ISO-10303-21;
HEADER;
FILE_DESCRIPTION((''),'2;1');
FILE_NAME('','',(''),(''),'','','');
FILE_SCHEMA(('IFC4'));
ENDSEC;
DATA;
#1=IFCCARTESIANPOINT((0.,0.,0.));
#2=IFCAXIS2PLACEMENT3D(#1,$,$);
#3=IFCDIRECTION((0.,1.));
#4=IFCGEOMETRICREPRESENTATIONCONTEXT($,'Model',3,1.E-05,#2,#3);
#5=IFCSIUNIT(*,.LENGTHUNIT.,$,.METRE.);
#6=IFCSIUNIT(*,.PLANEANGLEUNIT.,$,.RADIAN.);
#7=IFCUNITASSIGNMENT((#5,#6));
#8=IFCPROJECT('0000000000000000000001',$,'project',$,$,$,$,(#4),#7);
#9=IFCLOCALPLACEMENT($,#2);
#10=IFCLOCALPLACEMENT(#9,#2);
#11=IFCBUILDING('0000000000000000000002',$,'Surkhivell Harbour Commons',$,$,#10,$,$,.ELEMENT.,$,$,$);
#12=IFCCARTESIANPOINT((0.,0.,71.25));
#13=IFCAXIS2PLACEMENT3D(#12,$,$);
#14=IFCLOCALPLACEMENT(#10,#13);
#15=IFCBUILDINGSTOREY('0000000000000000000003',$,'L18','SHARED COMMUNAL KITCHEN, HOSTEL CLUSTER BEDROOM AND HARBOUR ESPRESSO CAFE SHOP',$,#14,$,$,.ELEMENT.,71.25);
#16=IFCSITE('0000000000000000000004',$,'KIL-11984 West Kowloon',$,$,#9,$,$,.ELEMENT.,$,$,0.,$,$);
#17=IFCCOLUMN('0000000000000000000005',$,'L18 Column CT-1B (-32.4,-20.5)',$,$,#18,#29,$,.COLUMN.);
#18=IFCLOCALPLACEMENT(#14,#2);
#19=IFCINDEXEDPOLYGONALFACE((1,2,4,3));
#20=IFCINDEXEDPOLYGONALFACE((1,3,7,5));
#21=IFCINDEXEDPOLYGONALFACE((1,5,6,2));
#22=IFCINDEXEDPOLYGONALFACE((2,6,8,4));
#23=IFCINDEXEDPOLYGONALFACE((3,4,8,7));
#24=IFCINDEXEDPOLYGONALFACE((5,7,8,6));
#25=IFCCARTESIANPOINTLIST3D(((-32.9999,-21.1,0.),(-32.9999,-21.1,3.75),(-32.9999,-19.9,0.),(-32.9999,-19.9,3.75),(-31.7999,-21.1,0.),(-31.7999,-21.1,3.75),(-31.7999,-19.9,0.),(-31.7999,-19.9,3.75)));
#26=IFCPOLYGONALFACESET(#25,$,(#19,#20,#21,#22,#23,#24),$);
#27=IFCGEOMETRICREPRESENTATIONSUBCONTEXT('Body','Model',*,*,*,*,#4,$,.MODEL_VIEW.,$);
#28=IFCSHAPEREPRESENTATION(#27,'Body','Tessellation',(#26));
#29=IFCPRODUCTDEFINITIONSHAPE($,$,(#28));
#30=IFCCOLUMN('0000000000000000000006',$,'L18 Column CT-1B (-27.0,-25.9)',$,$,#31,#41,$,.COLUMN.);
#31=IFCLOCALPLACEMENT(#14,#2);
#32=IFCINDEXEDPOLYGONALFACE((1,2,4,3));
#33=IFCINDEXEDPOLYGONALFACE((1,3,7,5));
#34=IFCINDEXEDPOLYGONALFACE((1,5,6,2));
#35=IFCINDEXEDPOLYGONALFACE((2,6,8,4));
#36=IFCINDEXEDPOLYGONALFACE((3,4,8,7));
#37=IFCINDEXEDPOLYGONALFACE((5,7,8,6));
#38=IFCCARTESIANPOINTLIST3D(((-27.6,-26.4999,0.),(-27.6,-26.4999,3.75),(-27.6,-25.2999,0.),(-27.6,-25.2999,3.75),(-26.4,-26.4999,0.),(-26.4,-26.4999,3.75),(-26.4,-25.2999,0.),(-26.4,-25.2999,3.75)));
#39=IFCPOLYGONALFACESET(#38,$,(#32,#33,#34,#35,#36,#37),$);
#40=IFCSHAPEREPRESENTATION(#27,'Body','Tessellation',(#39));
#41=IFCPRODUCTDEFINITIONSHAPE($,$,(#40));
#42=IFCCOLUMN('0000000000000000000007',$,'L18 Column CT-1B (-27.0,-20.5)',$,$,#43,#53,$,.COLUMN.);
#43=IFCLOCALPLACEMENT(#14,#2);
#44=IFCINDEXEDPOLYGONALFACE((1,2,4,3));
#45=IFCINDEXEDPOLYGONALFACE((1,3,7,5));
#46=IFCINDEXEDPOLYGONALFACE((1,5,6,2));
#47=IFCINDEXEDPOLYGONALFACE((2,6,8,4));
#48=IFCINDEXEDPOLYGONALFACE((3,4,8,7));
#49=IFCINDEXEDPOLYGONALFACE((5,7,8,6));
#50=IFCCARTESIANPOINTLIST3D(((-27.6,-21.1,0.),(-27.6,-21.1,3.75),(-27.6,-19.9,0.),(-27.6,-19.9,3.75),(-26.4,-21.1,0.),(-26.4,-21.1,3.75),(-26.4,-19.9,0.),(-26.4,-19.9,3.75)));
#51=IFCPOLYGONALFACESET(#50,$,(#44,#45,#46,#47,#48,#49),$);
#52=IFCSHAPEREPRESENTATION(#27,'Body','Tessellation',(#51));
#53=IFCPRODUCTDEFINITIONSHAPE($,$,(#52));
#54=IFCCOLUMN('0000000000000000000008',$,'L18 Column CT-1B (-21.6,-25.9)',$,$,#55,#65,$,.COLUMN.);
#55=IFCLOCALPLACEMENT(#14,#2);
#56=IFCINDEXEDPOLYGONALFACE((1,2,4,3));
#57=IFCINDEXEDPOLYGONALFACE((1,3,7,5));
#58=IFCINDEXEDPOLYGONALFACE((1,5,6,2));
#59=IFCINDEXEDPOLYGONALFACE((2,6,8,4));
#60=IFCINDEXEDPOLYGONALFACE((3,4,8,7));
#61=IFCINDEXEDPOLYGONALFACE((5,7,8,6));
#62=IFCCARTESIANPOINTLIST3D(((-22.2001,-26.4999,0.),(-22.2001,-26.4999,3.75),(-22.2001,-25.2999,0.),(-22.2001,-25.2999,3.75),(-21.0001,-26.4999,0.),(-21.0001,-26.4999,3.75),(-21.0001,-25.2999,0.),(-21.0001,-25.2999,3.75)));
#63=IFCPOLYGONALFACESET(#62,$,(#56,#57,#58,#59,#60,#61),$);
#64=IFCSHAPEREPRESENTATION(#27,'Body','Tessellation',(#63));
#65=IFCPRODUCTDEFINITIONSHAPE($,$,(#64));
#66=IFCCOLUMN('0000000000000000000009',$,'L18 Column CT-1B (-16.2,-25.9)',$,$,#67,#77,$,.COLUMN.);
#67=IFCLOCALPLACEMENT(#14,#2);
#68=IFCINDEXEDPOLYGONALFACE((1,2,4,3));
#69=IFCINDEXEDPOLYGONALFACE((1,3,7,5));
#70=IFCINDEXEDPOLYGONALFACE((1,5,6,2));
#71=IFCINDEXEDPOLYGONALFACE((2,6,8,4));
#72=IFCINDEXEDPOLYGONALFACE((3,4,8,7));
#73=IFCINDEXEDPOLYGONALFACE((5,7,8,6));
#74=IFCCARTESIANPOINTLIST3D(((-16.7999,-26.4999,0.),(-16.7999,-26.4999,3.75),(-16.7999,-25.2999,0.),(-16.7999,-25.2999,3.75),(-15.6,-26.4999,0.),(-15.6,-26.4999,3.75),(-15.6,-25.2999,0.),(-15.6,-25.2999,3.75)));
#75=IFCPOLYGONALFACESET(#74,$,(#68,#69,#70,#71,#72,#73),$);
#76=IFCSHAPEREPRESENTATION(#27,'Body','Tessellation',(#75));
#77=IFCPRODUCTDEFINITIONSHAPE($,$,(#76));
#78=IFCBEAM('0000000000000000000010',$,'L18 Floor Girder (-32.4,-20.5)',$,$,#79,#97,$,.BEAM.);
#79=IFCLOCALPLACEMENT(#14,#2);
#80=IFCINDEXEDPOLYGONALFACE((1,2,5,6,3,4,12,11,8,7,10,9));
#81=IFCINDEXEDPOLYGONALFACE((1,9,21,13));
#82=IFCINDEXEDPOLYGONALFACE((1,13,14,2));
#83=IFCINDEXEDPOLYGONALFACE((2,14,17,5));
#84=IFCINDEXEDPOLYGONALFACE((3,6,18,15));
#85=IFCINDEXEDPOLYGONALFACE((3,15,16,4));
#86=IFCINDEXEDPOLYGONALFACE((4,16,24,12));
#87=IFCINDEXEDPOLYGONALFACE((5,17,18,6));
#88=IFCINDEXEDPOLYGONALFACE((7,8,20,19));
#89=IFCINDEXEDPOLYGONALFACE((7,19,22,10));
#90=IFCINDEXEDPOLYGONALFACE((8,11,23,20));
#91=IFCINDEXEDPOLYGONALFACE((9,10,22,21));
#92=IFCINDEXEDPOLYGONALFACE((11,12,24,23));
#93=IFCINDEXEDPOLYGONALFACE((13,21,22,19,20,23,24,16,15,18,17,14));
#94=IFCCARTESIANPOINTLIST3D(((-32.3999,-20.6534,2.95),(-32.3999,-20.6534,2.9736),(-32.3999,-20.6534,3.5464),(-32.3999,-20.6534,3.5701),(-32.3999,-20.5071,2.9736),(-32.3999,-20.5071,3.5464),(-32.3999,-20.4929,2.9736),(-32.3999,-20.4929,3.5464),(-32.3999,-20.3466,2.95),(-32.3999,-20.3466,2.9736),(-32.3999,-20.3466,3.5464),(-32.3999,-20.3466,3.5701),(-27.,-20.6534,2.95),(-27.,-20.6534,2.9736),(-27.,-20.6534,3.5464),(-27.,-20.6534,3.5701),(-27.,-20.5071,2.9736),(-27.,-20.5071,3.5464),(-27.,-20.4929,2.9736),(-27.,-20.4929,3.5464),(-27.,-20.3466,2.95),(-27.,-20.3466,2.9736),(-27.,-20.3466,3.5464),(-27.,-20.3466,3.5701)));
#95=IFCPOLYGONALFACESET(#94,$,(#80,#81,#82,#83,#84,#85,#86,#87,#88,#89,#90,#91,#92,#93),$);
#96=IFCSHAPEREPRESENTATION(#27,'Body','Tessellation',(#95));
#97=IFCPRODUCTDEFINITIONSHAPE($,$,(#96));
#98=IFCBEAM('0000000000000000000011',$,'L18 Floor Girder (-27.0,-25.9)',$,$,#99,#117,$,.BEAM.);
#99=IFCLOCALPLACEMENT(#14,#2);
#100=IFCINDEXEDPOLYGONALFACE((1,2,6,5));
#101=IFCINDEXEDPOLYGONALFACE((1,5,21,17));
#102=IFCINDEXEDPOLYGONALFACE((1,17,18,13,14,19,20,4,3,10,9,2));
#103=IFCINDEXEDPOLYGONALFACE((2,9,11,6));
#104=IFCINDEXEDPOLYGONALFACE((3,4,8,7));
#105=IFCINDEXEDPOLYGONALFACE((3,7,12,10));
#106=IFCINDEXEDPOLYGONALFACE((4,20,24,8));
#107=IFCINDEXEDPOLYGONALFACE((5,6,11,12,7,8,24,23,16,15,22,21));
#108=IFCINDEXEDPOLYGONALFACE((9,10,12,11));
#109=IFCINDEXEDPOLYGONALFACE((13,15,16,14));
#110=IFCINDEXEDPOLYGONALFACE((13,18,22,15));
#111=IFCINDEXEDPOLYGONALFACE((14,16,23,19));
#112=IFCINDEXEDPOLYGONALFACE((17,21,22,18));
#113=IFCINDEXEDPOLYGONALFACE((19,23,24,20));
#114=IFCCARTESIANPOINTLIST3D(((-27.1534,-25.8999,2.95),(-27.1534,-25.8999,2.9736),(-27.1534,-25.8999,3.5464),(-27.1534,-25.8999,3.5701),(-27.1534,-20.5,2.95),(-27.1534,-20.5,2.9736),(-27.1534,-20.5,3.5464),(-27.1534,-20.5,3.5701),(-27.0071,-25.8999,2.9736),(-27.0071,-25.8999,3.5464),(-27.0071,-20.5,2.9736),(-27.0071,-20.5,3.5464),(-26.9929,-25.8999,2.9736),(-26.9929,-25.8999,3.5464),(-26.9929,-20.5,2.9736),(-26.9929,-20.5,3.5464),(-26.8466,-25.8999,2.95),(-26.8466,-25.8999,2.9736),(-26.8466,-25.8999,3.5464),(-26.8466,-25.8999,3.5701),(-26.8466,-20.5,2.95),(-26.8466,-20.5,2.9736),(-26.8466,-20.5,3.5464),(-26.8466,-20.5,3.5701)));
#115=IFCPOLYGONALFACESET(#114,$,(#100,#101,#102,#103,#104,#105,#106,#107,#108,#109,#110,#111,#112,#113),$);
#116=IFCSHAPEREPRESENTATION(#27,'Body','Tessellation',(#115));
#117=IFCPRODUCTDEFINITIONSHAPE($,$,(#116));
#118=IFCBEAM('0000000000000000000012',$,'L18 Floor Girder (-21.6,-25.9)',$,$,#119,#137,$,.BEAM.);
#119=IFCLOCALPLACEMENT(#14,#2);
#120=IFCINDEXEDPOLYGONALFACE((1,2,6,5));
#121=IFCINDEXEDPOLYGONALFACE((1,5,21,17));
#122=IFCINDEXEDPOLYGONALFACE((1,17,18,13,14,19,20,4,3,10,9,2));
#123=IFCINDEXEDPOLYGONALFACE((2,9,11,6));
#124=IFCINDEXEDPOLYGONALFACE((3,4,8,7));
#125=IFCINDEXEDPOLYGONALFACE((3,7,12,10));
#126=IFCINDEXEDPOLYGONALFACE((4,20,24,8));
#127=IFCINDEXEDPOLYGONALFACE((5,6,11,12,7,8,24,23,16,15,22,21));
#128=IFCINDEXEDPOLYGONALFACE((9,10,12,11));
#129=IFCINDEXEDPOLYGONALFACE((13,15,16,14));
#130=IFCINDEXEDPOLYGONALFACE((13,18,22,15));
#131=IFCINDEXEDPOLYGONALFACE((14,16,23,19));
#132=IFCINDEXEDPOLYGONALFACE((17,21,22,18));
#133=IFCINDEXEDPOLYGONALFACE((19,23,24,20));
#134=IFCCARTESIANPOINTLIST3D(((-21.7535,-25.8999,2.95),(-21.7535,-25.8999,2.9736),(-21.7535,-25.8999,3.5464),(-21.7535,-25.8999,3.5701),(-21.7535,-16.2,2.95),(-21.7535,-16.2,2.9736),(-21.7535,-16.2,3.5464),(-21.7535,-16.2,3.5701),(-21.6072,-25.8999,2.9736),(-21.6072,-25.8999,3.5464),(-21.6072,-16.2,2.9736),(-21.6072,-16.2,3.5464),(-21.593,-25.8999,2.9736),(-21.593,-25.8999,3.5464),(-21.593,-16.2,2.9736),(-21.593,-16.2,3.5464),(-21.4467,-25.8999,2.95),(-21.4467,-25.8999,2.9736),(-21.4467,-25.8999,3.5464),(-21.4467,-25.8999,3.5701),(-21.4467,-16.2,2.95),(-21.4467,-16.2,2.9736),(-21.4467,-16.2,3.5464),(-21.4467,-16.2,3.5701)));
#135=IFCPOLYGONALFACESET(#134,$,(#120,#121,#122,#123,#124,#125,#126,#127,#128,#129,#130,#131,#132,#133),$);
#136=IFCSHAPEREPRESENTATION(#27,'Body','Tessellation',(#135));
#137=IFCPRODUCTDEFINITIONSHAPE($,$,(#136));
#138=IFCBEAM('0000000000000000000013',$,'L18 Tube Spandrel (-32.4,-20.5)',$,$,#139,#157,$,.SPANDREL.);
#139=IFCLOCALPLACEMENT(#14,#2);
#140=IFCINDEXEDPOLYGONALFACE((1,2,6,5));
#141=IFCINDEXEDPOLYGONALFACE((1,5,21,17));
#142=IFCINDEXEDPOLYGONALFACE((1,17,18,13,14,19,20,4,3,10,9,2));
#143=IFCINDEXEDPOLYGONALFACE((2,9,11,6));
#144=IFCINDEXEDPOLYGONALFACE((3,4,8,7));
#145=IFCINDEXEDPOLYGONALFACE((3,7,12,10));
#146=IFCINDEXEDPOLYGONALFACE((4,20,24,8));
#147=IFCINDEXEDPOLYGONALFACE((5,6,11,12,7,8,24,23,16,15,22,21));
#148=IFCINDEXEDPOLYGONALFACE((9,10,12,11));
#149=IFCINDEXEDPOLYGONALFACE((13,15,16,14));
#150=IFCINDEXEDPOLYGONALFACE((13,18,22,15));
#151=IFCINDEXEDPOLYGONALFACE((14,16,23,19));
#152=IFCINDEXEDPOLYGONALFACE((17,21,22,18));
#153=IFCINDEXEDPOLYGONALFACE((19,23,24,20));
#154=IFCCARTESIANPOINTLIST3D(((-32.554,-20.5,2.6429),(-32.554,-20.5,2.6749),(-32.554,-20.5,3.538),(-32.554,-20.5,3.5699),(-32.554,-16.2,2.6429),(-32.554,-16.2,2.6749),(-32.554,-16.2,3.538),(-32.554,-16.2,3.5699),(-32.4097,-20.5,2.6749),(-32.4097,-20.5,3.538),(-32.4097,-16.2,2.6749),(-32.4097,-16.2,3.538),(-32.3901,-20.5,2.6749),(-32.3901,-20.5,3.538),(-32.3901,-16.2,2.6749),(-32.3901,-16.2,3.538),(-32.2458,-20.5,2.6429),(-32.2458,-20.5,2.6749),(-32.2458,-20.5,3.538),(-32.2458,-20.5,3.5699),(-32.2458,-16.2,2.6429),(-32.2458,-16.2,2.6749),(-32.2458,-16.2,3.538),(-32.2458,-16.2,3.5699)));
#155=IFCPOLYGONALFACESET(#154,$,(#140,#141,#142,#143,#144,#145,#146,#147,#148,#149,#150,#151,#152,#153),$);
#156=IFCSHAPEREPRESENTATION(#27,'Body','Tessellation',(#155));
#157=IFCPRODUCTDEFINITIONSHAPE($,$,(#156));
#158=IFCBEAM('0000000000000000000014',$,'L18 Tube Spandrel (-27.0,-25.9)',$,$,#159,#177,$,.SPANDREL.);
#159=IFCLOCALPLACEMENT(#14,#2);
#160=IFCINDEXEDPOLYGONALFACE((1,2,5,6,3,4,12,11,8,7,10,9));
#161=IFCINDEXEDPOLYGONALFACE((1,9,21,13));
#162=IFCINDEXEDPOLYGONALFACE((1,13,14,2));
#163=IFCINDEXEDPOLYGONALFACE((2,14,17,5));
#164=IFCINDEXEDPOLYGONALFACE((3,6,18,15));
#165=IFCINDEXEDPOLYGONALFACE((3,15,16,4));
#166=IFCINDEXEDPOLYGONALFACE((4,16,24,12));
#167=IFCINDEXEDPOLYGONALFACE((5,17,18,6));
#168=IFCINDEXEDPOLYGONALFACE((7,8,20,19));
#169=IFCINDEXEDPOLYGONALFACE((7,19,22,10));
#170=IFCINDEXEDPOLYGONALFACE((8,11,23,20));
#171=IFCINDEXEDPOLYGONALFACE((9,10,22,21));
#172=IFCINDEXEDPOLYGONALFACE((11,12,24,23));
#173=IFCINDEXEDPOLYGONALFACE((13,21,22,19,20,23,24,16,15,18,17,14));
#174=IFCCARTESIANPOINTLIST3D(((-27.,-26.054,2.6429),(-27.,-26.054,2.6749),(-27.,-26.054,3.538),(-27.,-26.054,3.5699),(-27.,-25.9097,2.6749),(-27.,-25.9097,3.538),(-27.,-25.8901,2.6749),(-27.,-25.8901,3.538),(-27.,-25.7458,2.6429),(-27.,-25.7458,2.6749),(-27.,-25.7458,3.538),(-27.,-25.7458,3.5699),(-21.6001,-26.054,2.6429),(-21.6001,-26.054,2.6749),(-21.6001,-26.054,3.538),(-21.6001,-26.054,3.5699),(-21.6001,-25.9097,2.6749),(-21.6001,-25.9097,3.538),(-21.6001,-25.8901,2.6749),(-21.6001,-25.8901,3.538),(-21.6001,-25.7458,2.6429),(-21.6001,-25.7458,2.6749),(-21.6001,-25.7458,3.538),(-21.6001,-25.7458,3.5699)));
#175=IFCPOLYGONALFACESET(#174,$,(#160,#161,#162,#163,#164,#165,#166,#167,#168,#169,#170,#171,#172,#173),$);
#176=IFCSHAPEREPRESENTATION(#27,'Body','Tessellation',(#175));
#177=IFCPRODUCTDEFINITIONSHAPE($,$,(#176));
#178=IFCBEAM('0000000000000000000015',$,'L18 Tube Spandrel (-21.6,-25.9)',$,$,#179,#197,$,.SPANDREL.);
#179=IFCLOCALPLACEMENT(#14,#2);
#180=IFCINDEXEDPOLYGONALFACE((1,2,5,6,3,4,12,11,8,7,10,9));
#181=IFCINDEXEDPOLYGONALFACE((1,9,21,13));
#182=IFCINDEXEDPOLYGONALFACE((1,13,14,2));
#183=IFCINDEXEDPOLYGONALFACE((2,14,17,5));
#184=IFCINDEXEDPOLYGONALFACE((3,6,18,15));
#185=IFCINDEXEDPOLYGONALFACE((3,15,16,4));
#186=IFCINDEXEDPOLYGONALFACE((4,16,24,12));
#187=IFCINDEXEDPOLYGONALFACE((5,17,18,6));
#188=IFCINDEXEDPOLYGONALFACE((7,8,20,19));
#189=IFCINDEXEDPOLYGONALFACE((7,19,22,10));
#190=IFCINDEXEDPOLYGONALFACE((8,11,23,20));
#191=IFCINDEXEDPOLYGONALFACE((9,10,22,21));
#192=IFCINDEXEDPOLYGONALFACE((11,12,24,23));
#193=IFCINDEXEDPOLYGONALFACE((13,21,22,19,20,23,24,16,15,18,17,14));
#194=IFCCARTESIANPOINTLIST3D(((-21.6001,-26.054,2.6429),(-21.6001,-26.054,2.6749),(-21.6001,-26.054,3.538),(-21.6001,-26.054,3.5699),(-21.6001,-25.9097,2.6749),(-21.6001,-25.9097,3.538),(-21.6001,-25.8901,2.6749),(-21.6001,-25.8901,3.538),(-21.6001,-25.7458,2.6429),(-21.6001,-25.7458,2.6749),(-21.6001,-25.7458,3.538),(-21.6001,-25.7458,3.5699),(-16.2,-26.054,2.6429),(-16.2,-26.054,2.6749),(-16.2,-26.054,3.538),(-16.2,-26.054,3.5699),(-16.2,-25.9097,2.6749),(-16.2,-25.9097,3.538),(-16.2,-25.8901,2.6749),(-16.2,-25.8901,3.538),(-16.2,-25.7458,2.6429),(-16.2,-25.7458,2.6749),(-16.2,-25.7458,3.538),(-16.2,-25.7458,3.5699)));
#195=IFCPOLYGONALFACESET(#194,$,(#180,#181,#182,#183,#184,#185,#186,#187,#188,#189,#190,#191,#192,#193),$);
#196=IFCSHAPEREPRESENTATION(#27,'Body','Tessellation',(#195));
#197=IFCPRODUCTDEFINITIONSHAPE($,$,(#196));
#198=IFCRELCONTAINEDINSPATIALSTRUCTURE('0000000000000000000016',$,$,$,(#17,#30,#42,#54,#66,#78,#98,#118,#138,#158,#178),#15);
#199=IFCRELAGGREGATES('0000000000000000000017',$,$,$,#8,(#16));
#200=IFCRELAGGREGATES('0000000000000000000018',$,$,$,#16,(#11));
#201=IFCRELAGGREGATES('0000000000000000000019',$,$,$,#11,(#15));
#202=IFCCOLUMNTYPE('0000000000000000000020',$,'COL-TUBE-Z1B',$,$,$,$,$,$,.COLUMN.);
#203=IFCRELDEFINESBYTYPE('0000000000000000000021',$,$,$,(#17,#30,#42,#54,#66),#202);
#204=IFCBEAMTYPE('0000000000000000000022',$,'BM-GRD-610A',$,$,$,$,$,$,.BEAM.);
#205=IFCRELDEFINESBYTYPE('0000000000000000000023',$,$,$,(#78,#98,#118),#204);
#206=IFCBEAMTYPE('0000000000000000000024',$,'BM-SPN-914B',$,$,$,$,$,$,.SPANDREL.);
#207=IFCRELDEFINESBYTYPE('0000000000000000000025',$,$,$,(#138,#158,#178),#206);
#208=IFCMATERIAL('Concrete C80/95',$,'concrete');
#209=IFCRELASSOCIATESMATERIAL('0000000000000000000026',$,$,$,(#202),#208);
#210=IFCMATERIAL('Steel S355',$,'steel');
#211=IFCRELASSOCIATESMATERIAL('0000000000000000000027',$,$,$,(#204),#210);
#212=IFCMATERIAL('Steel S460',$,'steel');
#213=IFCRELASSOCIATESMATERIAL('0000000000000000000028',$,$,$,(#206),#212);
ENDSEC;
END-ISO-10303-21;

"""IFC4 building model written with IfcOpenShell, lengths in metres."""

from ifc_helpers import new_model, si_unit, direction, frame, origin, origin_2d, place, context, subcontext, project, spatial, rectangle, i_section, extrude, material, material_profile, profile_set, type_object, element, save


model = new_model("IFC4")

# Units and contexts
model_context = context("Model", 3, precision=1e-05, world=origin(), true_north=direction((0.0, 1.0)))
body_context = subcontext(model_context, "Body", "Model", "MODEL_VIEW")
ifc_project = project(units=[si_unit("LENGTHUNIT", "METRE"), si_unit("PLANEANGLEUNIT", "RADIAN")], contexts=[model_context])

# Site, building, storey
site_placement = place(None, origin())
site = spatial("IfcSite", under=ifc_project, at=site_placement, Name="KIL-11984 West Kowloon", CompositionType="ELEMENT", RefElevation=0.0)
building_placement = place(site_placement, origin())
building = spatial("IfcBuilding", under=site, at=building_placement, Name="Surkhivell Harbour Commons", CompositionType="ELEMENT")
storey_placement = place(building_placement, frame((0.0, 0.0, 71.25)))
storey = spatial("IfcBuildingStorey", under=building, at=storey_placement, Name="L18", Description="SHARED COMMUNAL KITCHEN, HOSTEL CLUSTER BEDROOM AND HARBOUR ESPRESSO CAFE SHOP", CompositionType="ELEMENT", Elevation=71.25)

# Columns
ifc_material_1 = material(Name="Concrete C80/95", Category="concrete")
ifc_material_profile_1 = material_profile(ifc_material_1, rectangle(XDim=1.2, YDim=1.2, at=origin_2d()), Name="RC-COL-1200x1200")
ifc_profile_set_1 = profile_set([ifc_material_profile_1], Name="Concrete C80/95")
column_type = type_object("IfcColumnType", Name="COL-TUBE-Z1B", PredefinedType="COLUMN", material=ifc_profile_set_1)
for number, where, z_axis, x_axis, name in (
    (1, (-32.3999, -20.5, 0.0), (0.0, 0.0, 1.0), (1.0, 0.0, 0.0), "L18 Column CT-1B (-32.4,-20.5)"),
    (2, (-27.0, -25.8999, 0.0), (0.0, 0.0, 1.0), (1.0, 0.0, 0.0), "L18 Column CT-1B (-27.0,-25.9)"),
    (3, (-27.0, -20.5, 0.0), (0.0, 0.0, 1.0), (1.0, 0.0, 0.0), "L18 Column CT-1B (-27.0,-20.5)"),
    (4, (-21.6001, -25.8999, 0.0), (0.0, 0.0, 1.0), (1.0, 0.0, 0.0), "L18 Column CT-1B (-21.6,-25.9)"),
    (5, (-16.2, -25.8999, 0.0), (0.0, 0.0, 1.0), (1.0, 0.0, 0.0), "L18 Column CT-1B (-16.2,-25.9)"),
):
    element("IfcColumn", number, at=place(storey_placement, frame(where, z_axis=z_axis, x_axis=x_axis)), inside=storey, type_object=column_type, Name=name, PredefinedType="COLUMN", context=body_context, shape_type="SweptSolid", body=[
        extrude(rectangle(XDim=1.2, YDim=1.2, at=origin_2d()), origin(), (0.0, 0.0, 1.0), 3.75),
    ])

# Beams
ifc_material_2 = material(Name="Steel S355", Category="steel")
ifc_material_profile_2 = material_profile(ifc_material_2, i_section(OverallWidth=0.3069, OverallDepth=0.6201, WebThickness=0.0142, FlangeThickness=0.0237, at=origin_2d()), Name="UB610x305x179")
ifc_profile_set_2 = profile_set([ifc_material_profile_2], Name="Steel S355")
beam_type_1 = type_object("IfcBeamType", Name="BM-GRD-610A", PredefinedType="BEAM", material=ifc_profile_set_2)
for number, where, z_axis, x_axis, name in (
    (6, (-32.3999, -20.5, 3.26), (1.0, 0.0, 0.0), (0.0, 1.0, 0.0), "L18 Floor Girder (-32.4,-20.5)"),
    (7, (-27.0, -25.8999, 3.26), (0.0, 1.0, 0.0), (-1.0, 0.0, 0.0), "L18 Floor Girder (-27.0,-25.9)"),
):
    element("IfcBeam", number, at=place(storey_placement, frame(where, z_axis=z_axis, x_axis=x_axis)), inside=storey, type_object=beam_type_1, Name=name, PredefinedType="BEAM", context=body_context, shape_type="SweptSolid", body=[
        extrude(i_section(OverallWidth=0.3069, OverallDepth=0.6201, WebThickness=0.0142, FlangeThickness=0.0237, at=origin_2d()), origin(), (0.0, 0.0, 1.0), 5.3999),
    ])
beam_1_placement = place(storey_placement, frame((-21.6001, -25.8999, 3.26), z_axis=(0.0, 1.0, 0.0), x_axis=(-1.0, 0.0, 0.0)))
element("IfcBeam", 8, at=beam_1_placement, inside=storey, type_object=beam_type_1, Name="L18 Floor Girder (-21.6,-25.9)", PredefinedType="BEAM", context=body_context, shape_type="SweptSolid", body=[
    extrude(i_section(OverallWidth=0.3069, OverallDepth=0.6201, WebThickness=0.0142, FlangeThickness=0.0237, at=origin_2d()), origin(), (0.0, 0.0, 1.0), 9.7),
])
ifc_material_3 = material(Name="Steel S460", Category="steel")
ifc_material_profile_3 = material_profile(ifc_material_3, i_section(OverallWidth=0.3081, OverallDepth=0.927, WebThickness=0.0195, FlangeThickness=0.032, at=origin_2d()), Name="UB914x305x289")
ifc_profile_set_3 = profile_set([ifc_material_profile_3], Name="Steel S460")
beam_type_2 = type_object("IfcBeamType", Name="BM-SPN-914B", PredefinedType="SPANDREL", material=ifc_profile_set_3)
beam_2_placement = place(storey_placement, frame((-32.3999, -20.5, 3.1064), z_axis=(0.0, 1.0, 0.0), x_axis=(-1.0, 0.0, 0.0)))
element("IfcBeam", 9, at=beam_2_placement, inside=storey, type_object=beam_type_2, Name="L18 Tube Spandrel (-32.4,-20.5)", PredefinedType="SPANDREL", context=body_context, shape_type="SweptSolid", body=[
    extrude(i_section(OverallWidth=0.3081, OverallDepth=0.927, WebThickness=0.0195, FlangeThickness=0.032, at=origin_2d()), origin(), (0.0, 0.0, 1.0), 4.3),
])
beam_3_placement = place(storey_placement, frame((-27.0, -25.8999, 3.1064), z_axis=(1.0, 0.0, 0.0), x_axis=(0.0, 1.0, 0.0)))
element("IfcBeam", 10, at=beam_3_placement, inside=storey, type_object=beam_type_2, Name="L18 Tube Spandrel (-27.0,-25.9)", PredefinedType="SPANDREL", context=body_context, shape_type="SweptSolid", body=[
    extrude(i_section(OverallWidth=0.3081, OverallDepth=0.927, WebThickness=0.0195, FlangeThickness=0.032, at=origin_2d()), origin(), (0.0, 0.0, 1.0), 5.3999),
])
beam_4_placement = place(storey_placement, frame((-21.6001, -25.8999, 3.1064), z_axis=(1.0, 0.0, 0.0), x_axis=(0.0, 1.0, 0.0)))
element("IfcBeam", 11, at=beam_4_placement, inside=storey, type_object=beam_type_2, Name="L18 Tube Spandrel (-21.6,-25.9)", PredefinedType="SPANDREL", context=body_context, shape_type="SweptSolid", body=[
    extrude(i_section(OverallWidth=0.3081, OverallDepth=0.927, WebThickness=0.0195, FlangeThickness=0.032, at=origin_2d()), origin(), (0.0, 0.0, 1.0), 5.4001),
])

save(model, "model.ifc")
